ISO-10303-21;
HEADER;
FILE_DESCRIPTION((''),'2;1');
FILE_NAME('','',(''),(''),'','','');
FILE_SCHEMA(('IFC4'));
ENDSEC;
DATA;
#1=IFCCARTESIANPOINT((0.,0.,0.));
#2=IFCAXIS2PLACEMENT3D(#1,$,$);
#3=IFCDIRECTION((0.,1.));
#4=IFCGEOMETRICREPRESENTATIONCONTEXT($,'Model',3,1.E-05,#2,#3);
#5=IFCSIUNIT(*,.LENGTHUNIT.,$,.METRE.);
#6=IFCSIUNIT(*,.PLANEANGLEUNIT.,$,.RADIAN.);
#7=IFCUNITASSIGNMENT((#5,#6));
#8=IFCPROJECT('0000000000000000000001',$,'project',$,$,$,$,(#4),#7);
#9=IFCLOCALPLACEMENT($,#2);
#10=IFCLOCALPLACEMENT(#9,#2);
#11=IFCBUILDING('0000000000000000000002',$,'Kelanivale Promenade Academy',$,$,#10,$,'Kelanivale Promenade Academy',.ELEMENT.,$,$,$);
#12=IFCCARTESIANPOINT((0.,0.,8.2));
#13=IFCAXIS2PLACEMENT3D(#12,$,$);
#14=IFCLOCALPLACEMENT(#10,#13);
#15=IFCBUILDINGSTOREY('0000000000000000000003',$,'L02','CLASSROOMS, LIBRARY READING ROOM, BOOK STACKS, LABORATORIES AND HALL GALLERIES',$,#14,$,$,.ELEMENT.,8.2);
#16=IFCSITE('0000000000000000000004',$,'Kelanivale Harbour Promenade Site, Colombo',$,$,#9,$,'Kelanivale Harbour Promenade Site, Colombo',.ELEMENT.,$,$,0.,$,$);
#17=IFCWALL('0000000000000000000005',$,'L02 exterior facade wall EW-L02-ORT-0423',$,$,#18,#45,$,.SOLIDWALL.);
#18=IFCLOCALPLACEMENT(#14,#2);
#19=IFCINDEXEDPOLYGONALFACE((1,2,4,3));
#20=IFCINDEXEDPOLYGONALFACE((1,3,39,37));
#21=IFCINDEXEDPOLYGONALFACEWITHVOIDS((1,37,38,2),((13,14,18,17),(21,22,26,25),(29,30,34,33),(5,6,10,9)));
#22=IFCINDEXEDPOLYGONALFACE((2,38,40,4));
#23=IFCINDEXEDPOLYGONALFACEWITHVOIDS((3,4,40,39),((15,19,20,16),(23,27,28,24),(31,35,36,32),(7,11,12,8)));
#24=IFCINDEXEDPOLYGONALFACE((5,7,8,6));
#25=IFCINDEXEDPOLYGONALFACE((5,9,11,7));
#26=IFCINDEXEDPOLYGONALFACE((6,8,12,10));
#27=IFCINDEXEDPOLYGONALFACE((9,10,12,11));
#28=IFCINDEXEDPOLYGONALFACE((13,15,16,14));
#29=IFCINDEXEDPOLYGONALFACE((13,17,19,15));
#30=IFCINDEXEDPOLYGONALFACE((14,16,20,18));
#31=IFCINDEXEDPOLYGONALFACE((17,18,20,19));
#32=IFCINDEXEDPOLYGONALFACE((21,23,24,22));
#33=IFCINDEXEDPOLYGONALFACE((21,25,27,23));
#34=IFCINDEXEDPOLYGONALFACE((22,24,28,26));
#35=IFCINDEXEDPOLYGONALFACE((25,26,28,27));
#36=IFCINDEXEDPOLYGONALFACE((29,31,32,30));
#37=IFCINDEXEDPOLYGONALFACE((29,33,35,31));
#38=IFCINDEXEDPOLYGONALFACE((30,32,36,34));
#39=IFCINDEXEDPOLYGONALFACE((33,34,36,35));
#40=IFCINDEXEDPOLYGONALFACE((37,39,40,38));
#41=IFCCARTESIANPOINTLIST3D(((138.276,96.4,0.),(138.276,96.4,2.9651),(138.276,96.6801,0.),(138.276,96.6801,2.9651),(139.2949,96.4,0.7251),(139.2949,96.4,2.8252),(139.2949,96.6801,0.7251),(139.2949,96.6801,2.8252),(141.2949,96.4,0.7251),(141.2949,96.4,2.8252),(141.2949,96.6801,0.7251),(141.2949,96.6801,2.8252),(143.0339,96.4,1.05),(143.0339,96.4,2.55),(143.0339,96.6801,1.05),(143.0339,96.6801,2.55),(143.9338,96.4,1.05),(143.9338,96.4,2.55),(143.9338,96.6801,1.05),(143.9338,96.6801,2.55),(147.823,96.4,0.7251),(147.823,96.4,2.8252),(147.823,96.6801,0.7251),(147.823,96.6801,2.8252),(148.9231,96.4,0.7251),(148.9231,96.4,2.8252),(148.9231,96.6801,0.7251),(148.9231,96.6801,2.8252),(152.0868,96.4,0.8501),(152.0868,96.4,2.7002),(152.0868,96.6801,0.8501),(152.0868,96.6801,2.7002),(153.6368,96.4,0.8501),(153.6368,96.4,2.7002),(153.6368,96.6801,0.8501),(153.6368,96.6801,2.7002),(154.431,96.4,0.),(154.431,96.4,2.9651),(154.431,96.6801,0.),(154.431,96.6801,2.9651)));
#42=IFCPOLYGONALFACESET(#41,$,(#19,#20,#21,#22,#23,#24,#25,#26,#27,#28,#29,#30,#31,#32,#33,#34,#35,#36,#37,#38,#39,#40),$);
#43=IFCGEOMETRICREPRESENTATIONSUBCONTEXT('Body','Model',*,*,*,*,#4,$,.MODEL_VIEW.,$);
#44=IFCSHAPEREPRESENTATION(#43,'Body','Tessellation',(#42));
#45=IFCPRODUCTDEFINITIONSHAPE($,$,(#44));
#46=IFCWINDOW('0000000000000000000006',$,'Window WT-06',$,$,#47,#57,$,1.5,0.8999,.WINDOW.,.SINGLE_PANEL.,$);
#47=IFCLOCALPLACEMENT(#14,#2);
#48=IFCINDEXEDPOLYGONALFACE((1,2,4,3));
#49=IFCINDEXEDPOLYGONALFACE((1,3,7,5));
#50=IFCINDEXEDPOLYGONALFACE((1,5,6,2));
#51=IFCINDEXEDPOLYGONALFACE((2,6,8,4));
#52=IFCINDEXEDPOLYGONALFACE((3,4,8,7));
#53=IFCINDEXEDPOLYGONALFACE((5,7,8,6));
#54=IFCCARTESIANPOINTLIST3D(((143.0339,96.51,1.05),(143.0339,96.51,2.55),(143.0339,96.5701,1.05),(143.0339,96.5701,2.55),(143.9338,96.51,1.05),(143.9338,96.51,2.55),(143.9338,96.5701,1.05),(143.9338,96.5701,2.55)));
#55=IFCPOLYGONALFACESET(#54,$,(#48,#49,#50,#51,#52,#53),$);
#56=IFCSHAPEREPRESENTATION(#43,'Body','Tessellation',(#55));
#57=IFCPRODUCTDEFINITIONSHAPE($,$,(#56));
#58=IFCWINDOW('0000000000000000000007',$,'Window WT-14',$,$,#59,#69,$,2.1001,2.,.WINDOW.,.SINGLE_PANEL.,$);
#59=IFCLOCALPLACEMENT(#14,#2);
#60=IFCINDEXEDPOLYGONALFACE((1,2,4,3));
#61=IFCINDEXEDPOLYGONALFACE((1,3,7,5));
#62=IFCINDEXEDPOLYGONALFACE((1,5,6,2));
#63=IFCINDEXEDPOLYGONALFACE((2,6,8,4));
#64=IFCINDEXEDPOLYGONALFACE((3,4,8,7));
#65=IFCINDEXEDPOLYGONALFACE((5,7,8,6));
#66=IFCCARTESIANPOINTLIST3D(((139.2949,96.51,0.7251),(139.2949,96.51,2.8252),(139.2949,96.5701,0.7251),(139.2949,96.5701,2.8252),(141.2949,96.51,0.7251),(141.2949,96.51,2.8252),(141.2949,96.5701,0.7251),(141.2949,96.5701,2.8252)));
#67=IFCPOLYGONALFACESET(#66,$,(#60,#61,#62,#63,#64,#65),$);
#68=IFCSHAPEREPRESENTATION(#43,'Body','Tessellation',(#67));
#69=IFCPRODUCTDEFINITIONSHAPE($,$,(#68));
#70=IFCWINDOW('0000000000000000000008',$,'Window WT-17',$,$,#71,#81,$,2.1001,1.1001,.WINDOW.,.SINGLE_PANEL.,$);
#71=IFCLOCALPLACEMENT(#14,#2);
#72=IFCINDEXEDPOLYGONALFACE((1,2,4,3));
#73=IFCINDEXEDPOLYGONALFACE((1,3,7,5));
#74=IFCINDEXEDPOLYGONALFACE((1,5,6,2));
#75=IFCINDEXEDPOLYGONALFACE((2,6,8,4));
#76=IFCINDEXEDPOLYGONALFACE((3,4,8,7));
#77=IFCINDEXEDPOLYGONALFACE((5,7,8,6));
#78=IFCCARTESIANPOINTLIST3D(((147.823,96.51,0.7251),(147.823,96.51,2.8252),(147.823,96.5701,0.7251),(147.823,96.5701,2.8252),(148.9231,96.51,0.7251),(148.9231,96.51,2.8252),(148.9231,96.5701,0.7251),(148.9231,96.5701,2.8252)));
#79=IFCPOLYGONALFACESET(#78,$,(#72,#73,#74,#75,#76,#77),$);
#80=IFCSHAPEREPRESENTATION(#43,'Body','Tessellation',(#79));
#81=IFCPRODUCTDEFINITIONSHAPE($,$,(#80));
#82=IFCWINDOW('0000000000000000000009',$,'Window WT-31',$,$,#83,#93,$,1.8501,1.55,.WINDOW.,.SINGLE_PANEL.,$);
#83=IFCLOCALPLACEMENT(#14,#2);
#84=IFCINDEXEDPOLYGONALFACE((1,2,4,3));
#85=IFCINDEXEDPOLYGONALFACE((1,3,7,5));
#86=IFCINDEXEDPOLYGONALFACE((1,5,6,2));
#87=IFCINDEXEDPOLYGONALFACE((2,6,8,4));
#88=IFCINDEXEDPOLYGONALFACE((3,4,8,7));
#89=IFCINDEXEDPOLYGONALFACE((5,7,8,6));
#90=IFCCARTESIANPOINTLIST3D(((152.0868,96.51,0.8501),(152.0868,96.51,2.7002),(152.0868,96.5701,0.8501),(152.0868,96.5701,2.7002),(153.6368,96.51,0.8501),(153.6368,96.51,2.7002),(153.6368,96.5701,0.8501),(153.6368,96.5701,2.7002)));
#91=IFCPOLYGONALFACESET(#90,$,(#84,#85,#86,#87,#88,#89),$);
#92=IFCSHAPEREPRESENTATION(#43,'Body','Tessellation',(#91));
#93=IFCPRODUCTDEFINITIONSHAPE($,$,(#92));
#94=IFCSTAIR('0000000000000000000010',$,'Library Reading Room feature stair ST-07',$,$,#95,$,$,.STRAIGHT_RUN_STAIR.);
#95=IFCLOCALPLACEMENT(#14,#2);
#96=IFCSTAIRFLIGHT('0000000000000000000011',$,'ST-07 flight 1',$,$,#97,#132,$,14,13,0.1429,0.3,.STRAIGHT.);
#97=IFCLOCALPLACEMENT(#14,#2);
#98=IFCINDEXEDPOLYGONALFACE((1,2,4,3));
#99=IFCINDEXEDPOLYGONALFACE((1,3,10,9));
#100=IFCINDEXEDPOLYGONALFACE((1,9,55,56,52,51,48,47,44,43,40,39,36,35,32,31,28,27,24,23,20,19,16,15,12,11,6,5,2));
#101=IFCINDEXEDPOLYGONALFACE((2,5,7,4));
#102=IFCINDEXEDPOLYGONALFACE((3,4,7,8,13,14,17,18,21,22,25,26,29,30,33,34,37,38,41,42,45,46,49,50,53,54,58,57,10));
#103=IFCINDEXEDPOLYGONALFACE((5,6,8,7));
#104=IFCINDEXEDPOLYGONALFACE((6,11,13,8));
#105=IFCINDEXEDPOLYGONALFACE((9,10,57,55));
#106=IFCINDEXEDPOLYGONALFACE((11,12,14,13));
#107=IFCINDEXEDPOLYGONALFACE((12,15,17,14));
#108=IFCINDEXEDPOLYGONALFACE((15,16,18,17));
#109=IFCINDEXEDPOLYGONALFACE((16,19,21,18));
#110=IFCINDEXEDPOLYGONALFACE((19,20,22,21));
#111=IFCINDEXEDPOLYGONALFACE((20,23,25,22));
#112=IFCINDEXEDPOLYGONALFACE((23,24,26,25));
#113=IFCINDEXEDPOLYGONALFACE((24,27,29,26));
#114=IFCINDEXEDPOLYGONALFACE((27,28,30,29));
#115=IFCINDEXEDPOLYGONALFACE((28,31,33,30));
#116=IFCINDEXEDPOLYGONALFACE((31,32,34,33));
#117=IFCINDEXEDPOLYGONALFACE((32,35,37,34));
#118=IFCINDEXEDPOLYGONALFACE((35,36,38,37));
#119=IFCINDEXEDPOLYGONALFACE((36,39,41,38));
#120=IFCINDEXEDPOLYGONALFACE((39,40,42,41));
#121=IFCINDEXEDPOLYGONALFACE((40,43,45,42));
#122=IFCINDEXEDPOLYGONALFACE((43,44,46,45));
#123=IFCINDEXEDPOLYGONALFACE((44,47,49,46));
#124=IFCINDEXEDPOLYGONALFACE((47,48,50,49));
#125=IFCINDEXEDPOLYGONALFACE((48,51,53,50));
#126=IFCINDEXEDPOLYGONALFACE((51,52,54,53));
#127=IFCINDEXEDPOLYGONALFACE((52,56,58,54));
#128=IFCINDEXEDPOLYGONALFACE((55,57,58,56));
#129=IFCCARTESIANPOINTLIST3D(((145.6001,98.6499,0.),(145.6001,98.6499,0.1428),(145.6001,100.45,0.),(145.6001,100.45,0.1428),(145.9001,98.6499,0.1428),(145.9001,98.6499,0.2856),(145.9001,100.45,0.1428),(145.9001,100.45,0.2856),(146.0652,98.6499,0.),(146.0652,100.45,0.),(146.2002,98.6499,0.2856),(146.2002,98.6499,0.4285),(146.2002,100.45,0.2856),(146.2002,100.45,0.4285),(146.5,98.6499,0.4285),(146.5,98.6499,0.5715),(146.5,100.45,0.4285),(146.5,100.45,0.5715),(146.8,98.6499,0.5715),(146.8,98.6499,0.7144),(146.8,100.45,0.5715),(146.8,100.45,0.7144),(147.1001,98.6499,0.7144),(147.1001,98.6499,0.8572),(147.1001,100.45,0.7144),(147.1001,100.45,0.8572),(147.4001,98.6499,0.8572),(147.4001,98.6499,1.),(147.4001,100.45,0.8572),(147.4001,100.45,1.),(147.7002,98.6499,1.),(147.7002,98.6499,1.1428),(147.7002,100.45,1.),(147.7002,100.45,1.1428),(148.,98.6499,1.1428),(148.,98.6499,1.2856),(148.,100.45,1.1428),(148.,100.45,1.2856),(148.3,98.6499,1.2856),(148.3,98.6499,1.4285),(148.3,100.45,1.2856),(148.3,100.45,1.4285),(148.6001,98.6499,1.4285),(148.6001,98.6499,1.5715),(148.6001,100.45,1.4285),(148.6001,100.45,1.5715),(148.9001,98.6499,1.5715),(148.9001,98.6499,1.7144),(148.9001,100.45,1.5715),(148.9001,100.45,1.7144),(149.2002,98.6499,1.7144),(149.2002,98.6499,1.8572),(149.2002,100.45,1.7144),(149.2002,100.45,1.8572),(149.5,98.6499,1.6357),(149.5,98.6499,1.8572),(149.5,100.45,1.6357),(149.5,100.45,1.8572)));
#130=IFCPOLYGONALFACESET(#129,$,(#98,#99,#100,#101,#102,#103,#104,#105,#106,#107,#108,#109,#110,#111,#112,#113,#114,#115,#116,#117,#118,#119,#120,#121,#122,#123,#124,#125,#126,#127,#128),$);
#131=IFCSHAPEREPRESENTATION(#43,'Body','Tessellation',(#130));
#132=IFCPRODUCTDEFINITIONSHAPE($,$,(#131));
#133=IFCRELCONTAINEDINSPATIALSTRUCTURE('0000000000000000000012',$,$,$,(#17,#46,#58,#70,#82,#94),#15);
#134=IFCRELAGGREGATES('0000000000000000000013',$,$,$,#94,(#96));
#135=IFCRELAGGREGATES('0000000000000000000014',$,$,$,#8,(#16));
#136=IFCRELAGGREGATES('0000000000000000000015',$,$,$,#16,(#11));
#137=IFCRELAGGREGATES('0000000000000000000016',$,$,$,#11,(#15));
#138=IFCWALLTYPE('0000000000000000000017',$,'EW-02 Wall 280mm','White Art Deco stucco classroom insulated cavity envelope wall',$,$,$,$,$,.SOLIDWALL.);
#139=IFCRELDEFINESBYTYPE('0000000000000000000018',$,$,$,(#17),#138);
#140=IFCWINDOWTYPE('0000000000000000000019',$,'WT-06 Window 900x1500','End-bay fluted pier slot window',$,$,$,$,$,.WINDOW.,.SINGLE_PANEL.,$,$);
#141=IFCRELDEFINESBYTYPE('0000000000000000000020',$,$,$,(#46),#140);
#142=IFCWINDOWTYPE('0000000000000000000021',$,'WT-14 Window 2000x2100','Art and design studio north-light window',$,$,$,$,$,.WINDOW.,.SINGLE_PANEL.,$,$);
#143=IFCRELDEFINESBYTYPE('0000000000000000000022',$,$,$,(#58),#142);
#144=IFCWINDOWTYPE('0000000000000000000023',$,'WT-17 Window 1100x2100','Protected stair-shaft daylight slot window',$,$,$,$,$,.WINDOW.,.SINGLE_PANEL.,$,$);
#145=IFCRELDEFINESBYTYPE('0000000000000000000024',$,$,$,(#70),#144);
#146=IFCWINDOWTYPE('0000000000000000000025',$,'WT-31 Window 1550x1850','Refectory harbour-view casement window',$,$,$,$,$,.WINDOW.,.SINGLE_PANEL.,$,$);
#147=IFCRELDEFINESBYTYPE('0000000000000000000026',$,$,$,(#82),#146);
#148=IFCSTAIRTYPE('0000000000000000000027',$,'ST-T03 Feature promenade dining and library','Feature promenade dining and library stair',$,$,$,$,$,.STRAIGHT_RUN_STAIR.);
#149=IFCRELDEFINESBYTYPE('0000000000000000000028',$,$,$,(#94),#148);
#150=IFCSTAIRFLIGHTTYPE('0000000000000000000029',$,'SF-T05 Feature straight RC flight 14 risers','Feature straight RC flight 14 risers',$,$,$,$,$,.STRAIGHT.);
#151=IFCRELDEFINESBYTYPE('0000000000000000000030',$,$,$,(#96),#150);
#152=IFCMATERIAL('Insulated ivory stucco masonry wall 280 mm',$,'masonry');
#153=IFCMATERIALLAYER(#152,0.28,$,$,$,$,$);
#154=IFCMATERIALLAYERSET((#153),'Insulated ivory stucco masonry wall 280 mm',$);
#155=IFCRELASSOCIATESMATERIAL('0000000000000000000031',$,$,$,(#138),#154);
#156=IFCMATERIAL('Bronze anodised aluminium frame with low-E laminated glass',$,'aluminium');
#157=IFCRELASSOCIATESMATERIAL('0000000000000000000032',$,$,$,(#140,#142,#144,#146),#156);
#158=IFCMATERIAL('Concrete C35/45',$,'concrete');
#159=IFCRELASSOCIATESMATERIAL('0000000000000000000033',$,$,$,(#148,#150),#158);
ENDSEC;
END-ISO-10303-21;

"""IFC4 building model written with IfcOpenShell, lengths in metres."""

from ifc_helpers import new_model, si_unit, direction, frame, frame_2d, origin, place, context, subcontext, project, spatial, polyline, rectangle, outline, extrude, material, layer, layer_set, type_object, element, fill, aggregate, save


model = new_model("IFC4")

# Units and contexts
model_context = context("Model", 3, precision=1e-05, world=origin(), true_north=direction((0.0, 1.0)))
body_context = subcontext(model_context, "Body", "Model", "MODEL_VIEW")
ifc_project = project(units=[si_unit("LENGTHUNIT", "METRE"), si_unit("PLANEANGLEUNIT", "RADIAN")], contexts=[model_context])

# Site, building, storey
site_placement = place(None, origin())
site = spatial("IfcSite", under=ifc_project, at=site_placement, Name="Kelanivale Harbour Promenade Site, Colombo", LongName="Kelanivale Harbour Promenade Site, Colombo", CompositionType="ELEMENT", RefElevation=0.0)
building_placement = place(site_placement, origin())
building = spatial("IfcBuilding", under=site, at=building_placement, Name="Kelanivale Promenade Academy", LongName="Kelanivale Promenade Academy", CompositionType="ELEMENT")
storey_placement = place(building_placement, frame((0.0, 0.0, 8.2)))
storey = spatial("IfcBuildingStorey", under=building, at=storey_placement, Name="L02", Description="CLASSROOMS, LIBRARY READING ROOM, BOOK STACKS, LABORATORIES AND HALL GALLERIES", CompositionType="ELEMENT", Elevation=8.2)

# Shared definitions
ifc_material_1 = material(Name="Concrete C35/45", Category="concrete")

# Wall, openings, windows
ifc_material_2 = material(Name="Insulated ivory stucco masonry wall 280 mm", Category="masonry")
ifc_layer_1 = layer(ifc_material_2, 0.28)
ifc_layer_set_1 = layer_set([ifc_layer_1], Name="Insulated ivory stucco masonry wall 280 mm")
wall_type_1 = type_object("IfcWallType", Name="EW-02 Wall 280mm", Description="White Art Deco stucco classroom insulated cavity envelope wall", PredefinedType="SOLIDWALL", material=ifc_layer_set_1)
wall_1_placement = place(storey_placement, frame((138.2759, 96.54, 0.0), z_axis=(0.0, 0.0, 1.0), x_axis=(1.0, 0.0, 0.0)))
wall_1 = element("IfcWall", 1, at=wall_1_placement, inside=storey, type_object=wall_type_1, Name="L02 exterior facade wall EW-L02-ORT-0423", PredefinedType="SOLIDWALL", context=body_context, shape_type="SweptSolid", body=[
    extrude(rectangle(XDim=16.155, YDim=0.28, at=frame_2d((8.0776, 0.0))), origin(), (0.0, 0.0, 1.0), 2.9651),
])
opening_1_placement = place(wall_1_placement, frame((1.019, 0.0, 0.7251)))
opening_1 = element("IfcOpeningElement", 2, at=opening_1_placement, cuts=wall_1, PredefinedType="OPENING", context=body_context, shape_type="SweptSolid", body=[
    extrude(rectangle(XDim=2.0, YDim=2.1001, at=frame_2d((1.0, 1.05))), frame((0.0, 0.1499, 0.0), z_axis=(0.0, -1.0, 0.0), x_axis=(1.0, 0.0, 0.0)), (0.0, 0.0, 1.0), 0.3),
])
opening_2_placement = place(wall_1_placement, frame((4.7581, 0.0, 1.05)))
opening_2 = element("IfcOpeningElement", 3, at=opening_2_placement, cuts=wall_1, PredefinedType="OPENING", context=body_context, shape_type="SweptSolid", body=[
    extrude(rectangle(XDim=0.8999, YDim=1.5, at=frame_2d((0.45, 0.75))), frame((0.0, 0.1499, 0.0), z_axis=(0.0, -1.0, 0.0), x_axis=(1.0, 0.0, 0.0)), (0.0, 0.0, 1.0), 0.3),
])
opening_3_placement = place(wall_1_placement, frame((9.5471, 0.0, 0.7251)))
opening_3 = element("IfcOpeningElement", 4, at=opening_3_placement, cuts=wall_1, PredefinedType="OPENING", context=body_context, shape_type="SweptSolid", body=[
    extrude(rectangle(XDim=1.1001, YDim=2.1001, at=frame_2d((0.55, 1.05))), frame((0.0, 0.1499, 0.0), z_axis=(0.0, -1.0, 0.0), x_axis=(1.0, 0.0, 0.0)), (0.0, 0.0, 1.0), 0.3),
])
opening_4_placement = place(wall_1_placement, frame((13.811, 0.0, 0.8501)))
opening_4 = element("IfcOpeningElement", 5, at=opening_4_placement, cuts=wall_1, PredefinedType="OPENING", context=body_context, shape_type="SweptSolid", body=[
    extrude(rectangle(XDim=1.55, YDim=1.8501, at=frame_2d((0.7749, 0.925))), frame((0.0, 0.1499, 0.0), z_axis=(0.0, -1.0, 0.0), x_axis=(1.0, 0.0, 0.0)), (0.0, 0.0, 1.0), 0.3),
])
ifc_material_3 = material(Name="Bronze anodised aluminium frame with low-E laminated glass", Category="aluminium")
window_type_1 = type_object("IfcWindowType", Name="WT-06 Window 900x1500", Description="End-bay fluted pier slot window", PartitioningType="SINGLE_PANEL", PredefinedType="WINDOW", material=ifc_material_3)
window_1_placement = place(opening_2_placement, origin())
window_1 = element("IfcWindow", 6, at=window_1_placement, inside=storey, type_object=window_type_1, Name="Window WT-06", OverallHeight=1.5, OverallWidth=0.8999, PartitioningType="SINGLE_PANEL", PredefinedType="WINDOW", context=body_context, shape_type="SweptSolid", body=[
    extrude(rectangle(XDim=0.8999, YDim=1.5, at=frame_2d((0.45, 0.75))), frame((0.0, 0.03, 0.0), z_axis=(0.0, -1.0, 0.0), x_axis=(1.0, 0.0, 0.0)), (0.0, 0.0, 1.0), 0.0601),
])
fill(opening_2, window_1)
window_type_2 = type_object("IfcWindowType", Name="WT-14 Window 2000x2100", Description="Art and design studio north-light window", PartitioningType="SINGLE_PANEL", PredefinedType="WINDOW", material=ifc_material_3)
window_2_placement = place(opening_1_placement, origin())
window_2 = element("IfcWindow", 7, at=window_2_placement, inside=storey, type_object=window_type_2, Name="Window WT-14", OverallHeight=2.1001, OverallWidth=2.0, PartitioningType="SINGLE_PANEL", PredefinedType="WINDOW", context=body_context, shape_type="SweptSolid", body=[
    extrude(rectangle(XDim=2.0, YDim=2.1001, at=frame_2d((1.0, 1.05))), frame((0.0, 0.03, 0.0), z_axis=(0.0, -1.0, 0.0), x_axis=(1.0, 0.0, 0.0)), (0.0, 0.0, 1.0), 0.0601),
])
fill(opening_1, window_2)
window_type_3 = type_object("IfcWindowType", Name="WT-17 Window 1100x2100", Description="Protected stair-shaft daylight slot window", PartitioningType="SINGLE_PANEL", PredefinedType="WINDOW", material=ifc_material_3)
window_3_placement = place(opening_3_placement, origin())
window_3 = element("IfcWindow", 8, at=window_3_placement, inside=storey, type_object=window_type_3, Name="Window WT-17", OverallHeight=2.1001, OverallWidth=1.1001, PartitioningType="SINGLE_PANEL", PredefinedType="WINDOW", context=body_context, shape_type="SweptSolid", body=[
    extrude(rectangle(XDim=1.1001, YDim=2.1001, at=frame_2d((0.55, 1.05))), frame((0.0, 0.03, 0.0), z_axis=(0.0, -1.0, 0.0), x_axis=(1.0, 0.0, 0.0)), (0.0, 0.0, 1.0), 0.0601),
])
fill(opening_3, window_3)
window_type_4 = type_object("IfcWindowType", Name="WT-31 Window 1550x1850", Description="Refectory harbour-view casement window", PartitioningType="SINGLE_PANEL", PredefinedType="WINDOW", material=ifc_material_3)
window_4_placement = place(opening_4_placement, origin())
window_4 = element("IfcWindow", 9, at=window_4_placement, inside=storey, type_object=window_type_4, Name="Window WT-31", OverallHeight=1.8501, OverallWidth=1.55, PartitioningType="SINGLE_PANEL", PredefinedType="WINDOW", context=body_context, shape_type="SweptSolid", body=[
    extrude(rectangle(XDim=1.55, YDim=1.8501, at=frame_2d((0.7749, 0.925))), frame((0.0, 0.03, 0.0), z_axis=(0.0, -1.0, 0.0), x_axis=(1.0, 0.0, 0.0)), (0.0, 0.0, 1.0), 0.0601),
])
fill(opening_4, window_4)

# Stair, stair flight
stair_type = type_object("IfcStairType", Name="ST-T03 Feature promenade dining and library", Description="Feature promenade dining and library stair", PredefinedType="STRAIGHT_RUN_STAIR", material=ifc_material_1)
stair_placement = place(storey_placement, origin())
stair = element("IfcStair", 10, at=stair_placement, inside=storey, type_object=stair_type, Name="Library Reading Room feature stair ST-07", PredefinedType="STRAIGHT_RUN_STAIR")
stair_flight_type = type_object("IfcStairFlightType", Name="SF-T05 Feature straight RC flight 14 risers", Description="Feature straight RC flight 14 risers", PredefinedType="STRAIGHT", material=ifc_material_1)
stair_flight_placement = place(storey_placement, frame((145.6001, 99.55, 0.0), z_axis=(0.0, 0.0, 1.0), x_axis=(1.0, 0.0, 0.0)))
stair_flight = element("IfcStairFlight", 11, at=stair_flight_placement, type_object=stair_flight_type, Name="ST-07 flight 1", NumberOfRisers=14, NumberOfTreads=13, PredefinedType="STRAIGHT", RiserHeight=0.1429, TreadLength=0.3, context=body_context, shape_type="SweptSolid", body=[
    extrude(outline(polyline([(0.0, 0.0), (0.0, 0.1428), (0.3, 0.1428), (0.3, 0.2856), (0.6001, 0.2856), (0.6001, 0.4285), (0.8999, 0.4285), (0.8999, 0.5715), (1.2, 0.5715), (1.2, 0.7144), (1.5, 0.7144), (1.5, 0.8572), (1.8, 0.8572), (1.8, 1.0), (2.1001, 1.0), (2.1001, 1.1428), (2.3999, 1.1428), (2.3999, 1.2856), (2.7, 1.2856), (2.7, 1.4285), (3.0, 1.4285), (3.0, 1.5715), (3.3, 1.5715), (3.3, 1.7144), (3.6001, 1.7144), (3.6001, 1.8572), (3.8999, 1.8572), (3.8999, 2.0), (3.8999, 1.6357), (0.4651, 0.0), (0.0, 0.0)])), frame((0.0, 0.8999, 0.0), z_axis=(0.0, -1.0, 0.0), x_axis=(1.0, 0.0, 0.0)), (0.0, 0.0, 1.0), 1.8),
])
aggregate(stair, [stair_flight])

save(model, "model.ifc")
